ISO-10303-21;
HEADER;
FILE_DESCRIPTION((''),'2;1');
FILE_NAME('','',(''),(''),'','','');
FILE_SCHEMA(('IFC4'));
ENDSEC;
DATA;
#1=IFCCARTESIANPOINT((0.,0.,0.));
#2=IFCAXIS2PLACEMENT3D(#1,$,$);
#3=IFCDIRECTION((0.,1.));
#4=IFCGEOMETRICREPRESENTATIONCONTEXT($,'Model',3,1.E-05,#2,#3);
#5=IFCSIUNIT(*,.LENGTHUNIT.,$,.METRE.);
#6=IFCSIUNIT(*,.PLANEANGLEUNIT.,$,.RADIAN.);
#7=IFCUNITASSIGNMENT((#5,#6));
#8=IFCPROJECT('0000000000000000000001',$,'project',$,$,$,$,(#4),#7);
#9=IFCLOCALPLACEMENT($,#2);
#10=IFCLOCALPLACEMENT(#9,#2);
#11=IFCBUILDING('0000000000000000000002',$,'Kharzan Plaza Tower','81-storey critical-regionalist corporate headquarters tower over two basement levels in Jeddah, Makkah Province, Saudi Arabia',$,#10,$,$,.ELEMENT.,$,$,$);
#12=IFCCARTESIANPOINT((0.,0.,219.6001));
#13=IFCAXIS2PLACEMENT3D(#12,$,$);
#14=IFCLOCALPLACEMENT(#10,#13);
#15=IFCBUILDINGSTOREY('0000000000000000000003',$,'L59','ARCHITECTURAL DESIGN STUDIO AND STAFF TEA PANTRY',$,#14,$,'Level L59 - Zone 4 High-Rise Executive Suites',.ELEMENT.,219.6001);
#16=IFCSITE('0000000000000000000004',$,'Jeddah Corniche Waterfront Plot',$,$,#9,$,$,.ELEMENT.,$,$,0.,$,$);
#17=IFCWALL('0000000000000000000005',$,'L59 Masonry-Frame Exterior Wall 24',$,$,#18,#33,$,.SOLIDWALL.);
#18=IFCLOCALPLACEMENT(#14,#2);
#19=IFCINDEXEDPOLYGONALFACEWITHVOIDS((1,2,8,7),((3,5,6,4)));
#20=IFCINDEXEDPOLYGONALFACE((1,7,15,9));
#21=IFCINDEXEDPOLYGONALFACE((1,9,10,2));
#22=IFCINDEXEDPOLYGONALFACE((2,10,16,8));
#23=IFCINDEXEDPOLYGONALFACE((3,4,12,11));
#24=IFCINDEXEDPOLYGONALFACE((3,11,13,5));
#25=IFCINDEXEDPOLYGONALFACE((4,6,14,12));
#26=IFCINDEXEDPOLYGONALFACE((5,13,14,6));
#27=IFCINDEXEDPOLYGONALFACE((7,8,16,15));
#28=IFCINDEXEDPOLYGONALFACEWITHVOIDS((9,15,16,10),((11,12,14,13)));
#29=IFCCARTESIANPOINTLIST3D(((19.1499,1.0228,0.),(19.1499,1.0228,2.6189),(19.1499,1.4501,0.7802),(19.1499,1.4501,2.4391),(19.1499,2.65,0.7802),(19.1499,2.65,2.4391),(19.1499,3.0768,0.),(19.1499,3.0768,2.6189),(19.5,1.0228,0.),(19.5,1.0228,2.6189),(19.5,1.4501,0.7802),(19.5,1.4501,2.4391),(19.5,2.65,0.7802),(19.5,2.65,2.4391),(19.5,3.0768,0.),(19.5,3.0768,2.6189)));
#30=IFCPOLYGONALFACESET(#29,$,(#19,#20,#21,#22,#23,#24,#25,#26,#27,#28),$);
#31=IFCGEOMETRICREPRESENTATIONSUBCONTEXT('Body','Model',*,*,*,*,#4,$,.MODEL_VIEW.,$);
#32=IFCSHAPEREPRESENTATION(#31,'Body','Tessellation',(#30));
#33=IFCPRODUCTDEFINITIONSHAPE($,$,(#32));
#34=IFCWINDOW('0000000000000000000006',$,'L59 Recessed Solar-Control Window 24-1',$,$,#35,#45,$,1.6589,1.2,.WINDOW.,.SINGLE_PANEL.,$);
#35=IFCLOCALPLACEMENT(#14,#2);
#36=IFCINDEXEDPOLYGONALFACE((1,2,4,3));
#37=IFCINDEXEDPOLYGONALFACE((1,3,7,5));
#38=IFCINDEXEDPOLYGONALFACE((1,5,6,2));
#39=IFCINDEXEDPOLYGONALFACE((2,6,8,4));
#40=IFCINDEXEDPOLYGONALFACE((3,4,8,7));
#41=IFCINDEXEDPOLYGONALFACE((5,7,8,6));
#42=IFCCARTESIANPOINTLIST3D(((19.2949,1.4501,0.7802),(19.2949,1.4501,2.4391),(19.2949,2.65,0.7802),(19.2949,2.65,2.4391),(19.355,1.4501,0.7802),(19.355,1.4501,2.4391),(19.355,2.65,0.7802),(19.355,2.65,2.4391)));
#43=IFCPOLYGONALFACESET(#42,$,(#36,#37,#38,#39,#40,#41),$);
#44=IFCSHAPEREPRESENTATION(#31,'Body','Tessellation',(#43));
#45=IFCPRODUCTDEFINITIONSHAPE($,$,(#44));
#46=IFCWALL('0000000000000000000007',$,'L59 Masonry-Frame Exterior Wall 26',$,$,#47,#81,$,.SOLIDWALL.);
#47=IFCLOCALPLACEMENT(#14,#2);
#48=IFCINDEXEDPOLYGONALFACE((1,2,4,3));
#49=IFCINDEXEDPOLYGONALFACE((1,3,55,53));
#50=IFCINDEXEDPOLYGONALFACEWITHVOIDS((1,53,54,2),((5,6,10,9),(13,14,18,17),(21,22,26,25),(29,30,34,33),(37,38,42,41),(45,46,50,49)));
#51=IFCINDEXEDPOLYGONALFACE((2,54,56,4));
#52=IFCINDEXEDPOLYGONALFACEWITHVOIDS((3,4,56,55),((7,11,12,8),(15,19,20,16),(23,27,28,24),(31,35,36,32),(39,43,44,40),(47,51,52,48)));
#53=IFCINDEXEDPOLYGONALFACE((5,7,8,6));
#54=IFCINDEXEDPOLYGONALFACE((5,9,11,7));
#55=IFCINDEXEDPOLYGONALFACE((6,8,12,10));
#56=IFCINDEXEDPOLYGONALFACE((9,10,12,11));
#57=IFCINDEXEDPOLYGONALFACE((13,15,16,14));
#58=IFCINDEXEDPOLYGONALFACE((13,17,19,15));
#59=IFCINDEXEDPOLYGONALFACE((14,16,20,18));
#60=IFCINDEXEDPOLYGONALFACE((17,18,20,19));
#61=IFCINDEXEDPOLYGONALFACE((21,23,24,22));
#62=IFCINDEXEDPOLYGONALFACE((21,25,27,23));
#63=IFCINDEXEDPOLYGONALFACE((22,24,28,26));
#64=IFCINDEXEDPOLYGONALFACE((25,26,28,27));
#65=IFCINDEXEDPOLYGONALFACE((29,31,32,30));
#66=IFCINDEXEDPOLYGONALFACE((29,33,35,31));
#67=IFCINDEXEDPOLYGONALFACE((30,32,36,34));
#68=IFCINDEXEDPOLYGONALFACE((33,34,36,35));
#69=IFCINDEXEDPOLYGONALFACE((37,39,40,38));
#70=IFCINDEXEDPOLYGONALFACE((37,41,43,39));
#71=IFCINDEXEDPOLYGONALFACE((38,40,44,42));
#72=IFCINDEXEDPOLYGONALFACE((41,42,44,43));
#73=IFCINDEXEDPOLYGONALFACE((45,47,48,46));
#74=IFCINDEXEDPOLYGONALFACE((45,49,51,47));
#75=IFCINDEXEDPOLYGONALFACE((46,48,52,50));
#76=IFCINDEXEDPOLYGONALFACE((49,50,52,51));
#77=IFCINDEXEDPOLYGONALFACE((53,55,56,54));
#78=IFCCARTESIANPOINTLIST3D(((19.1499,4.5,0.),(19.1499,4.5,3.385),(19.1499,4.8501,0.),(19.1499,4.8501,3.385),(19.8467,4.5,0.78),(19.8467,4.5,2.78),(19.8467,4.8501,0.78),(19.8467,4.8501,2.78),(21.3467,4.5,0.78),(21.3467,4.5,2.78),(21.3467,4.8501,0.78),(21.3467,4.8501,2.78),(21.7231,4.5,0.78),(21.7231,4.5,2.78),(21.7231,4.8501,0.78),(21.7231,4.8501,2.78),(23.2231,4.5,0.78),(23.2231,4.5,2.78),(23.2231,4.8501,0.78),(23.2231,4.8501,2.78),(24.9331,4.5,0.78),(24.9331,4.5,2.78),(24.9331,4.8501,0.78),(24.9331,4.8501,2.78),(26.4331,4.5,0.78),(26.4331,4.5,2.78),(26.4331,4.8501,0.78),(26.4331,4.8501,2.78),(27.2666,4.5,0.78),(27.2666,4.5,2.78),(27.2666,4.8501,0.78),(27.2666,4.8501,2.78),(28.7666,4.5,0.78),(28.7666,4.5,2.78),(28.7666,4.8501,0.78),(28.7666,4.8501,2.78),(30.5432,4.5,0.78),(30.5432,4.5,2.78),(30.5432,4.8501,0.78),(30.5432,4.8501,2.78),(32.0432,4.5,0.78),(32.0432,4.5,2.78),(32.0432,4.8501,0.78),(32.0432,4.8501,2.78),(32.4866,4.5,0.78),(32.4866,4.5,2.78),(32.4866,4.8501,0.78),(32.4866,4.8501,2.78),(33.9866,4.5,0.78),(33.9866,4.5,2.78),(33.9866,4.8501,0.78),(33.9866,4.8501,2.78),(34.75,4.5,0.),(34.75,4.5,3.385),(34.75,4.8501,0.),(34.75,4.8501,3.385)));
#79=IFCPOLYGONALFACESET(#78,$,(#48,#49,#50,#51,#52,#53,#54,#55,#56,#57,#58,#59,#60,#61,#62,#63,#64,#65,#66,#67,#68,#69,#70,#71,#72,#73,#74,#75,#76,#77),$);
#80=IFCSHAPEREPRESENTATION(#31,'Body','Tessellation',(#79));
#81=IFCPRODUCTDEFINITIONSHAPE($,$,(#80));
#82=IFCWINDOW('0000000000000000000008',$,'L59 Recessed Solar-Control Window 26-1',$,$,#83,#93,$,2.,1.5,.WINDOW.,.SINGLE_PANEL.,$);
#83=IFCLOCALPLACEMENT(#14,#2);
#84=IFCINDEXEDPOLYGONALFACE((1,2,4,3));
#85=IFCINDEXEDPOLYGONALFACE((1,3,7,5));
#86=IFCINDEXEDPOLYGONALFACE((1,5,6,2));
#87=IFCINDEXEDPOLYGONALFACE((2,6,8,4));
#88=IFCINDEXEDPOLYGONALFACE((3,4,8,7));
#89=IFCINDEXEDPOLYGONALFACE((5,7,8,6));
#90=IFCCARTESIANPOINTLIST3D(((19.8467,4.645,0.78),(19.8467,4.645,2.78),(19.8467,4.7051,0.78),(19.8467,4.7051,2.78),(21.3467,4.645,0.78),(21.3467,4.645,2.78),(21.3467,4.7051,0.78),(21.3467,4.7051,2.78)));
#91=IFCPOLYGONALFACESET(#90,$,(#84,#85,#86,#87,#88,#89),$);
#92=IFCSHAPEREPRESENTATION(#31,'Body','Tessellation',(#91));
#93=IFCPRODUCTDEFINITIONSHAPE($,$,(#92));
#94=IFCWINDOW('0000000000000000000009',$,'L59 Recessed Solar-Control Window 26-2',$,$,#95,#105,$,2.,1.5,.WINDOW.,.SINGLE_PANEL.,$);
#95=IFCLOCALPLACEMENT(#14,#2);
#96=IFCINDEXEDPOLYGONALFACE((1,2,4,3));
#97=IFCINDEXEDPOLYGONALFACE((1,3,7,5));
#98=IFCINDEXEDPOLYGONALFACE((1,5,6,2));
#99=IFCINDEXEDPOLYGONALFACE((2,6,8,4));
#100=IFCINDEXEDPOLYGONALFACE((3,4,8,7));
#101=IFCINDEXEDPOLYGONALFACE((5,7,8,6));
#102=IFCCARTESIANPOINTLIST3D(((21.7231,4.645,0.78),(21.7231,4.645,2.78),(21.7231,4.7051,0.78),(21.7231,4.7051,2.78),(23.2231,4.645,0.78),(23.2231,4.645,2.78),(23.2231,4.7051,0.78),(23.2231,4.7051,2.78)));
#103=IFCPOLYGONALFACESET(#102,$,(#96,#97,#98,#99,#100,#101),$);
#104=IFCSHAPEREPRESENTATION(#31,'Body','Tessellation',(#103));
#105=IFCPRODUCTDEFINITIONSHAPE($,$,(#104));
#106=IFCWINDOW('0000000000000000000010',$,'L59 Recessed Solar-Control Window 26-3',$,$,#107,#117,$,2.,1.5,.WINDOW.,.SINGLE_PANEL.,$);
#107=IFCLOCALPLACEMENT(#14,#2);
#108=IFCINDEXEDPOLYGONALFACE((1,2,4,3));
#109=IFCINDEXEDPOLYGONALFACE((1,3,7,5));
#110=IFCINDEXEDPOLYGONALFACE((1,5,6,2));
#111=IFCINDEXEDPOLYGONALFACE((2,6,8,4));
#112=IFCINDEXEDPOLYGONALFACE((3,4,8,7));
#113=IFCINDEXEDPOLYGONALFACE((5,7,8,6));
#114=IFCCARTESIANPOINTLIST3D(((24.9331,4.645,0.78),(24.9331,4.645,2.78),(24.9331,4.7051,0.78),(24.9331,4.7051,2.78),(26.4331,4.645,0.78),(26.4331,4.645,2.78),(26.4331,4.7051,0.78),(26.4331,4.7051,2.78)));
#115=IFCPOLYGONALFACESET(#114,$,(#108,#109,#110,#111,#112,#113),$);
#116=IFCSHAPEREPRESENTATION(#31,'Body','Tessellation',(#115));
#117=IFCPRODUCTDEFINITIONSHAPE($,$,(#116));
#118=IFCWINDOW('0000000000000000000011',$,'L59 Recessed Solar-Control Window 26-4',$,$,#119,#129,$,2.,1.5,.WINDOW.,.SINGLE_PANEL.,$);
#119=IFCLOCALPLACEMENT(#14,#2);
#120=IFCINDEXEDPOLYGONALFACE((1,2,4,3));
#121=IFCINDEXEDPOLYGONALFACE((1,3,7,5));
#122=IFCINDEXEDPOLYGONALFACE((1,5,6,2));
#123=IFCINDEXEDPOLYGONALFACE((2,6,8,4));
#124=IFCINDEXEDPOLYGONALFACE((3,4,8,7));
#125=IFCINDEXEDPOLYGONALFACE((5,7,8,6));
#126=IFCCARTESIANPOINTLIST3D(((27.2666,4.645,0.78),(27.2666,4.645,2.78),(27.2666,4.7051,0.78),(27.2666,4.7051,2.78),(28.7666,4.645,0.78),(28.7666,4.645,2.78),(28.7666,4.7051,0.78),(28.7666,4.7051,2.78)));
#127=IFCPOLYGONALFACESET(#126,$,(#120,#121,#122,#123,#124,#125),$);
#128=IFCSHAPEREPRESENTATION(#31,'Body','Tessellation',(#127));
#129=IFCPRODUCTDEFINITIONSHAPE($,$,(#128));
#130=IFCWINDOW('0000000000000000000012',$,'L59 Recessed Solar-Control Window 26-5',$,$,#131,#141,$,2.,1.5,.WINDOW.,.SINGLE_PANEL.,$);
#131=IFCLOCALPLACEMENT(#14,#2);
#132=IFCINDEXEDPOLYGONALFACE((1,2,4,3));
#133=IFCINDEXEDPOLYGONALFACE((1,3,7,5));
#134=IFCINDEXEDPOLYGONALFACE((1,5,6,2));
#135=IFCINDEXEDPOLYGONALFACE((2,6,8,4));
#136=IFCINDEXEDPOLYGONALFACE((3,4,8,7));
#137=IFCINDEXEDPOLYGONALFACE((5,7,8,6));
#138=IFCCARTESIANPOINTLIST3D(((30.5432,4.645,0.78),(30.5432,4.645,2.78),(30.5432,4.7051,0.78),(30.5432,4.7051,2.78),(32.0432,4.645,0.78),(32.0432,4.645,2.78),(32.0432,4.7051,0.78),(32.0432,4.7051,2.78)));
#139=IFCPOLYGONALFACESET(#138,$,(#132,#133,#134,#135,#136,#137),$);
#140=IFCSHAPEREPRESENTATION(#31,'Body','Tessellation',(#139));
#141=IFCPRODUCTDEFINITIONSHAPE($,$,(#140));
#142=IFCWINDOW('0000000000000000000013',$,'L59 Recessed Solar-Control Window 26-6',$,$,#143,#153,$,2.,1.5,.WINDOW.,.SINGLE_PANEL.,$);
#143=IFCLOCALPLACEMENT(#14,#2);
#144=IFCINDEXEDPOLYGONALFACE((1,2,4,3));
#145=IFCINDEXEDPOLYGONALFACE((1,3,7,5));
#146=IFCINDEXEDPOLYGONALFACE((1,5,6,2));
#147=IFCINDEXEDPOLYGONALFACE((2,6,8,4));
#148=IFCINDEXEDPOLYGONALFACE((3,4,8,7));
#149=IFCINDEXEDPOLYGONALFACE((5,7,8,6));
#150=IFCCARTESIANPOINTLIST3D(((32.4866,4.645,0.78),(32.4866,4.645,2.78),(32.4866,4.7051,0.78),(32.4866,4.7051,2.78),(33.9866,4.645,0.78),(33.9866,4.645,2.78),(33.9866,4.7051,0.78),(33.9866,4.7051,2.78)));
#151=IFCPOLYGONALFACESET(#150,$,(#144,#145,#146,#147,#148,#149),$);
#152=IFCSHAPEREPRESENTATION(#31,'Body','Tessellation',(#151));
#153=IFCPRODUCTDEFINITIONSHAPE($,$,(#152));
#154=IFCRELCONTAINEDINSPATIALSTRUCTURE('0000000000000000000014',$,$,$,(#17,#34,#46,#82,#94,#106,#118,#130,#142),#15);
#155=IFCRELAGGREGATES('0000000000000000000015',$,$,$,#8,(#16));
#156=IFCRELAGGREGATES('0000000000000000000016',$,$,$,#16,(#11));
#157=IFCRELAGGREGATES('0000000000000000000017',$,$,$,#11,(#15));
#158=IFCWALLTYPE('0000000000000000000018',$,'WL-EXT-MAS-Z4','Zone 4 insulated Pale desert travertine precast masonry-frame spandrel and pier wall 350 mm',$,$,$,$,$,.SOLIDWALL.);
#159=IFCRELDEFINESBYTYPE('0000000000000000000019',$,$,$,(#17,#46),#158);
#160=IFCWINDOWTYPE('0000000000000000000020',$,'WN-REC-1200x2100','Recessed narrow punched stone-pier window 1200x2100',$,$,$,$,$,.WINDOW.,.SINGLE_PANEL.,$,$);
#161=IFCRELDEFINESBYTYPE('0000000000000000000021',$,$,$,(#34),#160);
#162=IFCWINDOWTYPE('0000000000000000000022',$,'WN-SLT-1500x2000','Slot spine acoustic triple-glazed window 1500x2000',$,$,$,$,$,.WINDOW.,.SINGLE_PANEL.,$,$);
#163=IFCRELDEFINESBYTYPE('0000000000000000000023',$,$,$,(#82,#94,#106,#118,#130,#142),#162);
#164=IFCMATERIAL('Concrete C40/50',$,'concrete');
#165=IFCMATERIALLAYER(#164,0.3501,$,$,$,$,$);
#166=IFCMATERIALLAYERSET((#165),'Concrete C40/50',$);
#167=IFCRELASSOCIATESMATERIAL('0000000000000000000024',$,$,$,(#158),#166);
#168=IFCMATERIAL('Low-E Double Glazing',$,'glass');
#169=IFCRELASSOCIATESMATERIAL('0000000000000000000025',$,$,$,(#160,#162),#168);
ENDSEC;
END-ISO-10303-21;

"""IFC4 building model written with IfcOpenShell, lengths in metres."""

from ifc_helpers import new_model, si_unit, direction, frame, frame_2d, origin, place, context, subcontext, project, spatial, rectangle, extrude, source, transform, mapped, material, layer, layer_set, type_object, element, fill, save


model = new_model("IFC4")

# Units and contexts
model_context = context("Model", 3, precision=1e-05, world=origin(), true_north=direction((0.0, 1.0)))
body_context = subcontext(model_context, "Body", "Model", "MODEL_VIEW")
ifc_project = project(units=[si_unit("LENGTHUNIT", "METRE"), si_unit("PLANEANGLEUNIT", "RADIAN")], contexts=[model_context])

# Site, building, storey
site_placement = place(None, origin())
site = spatial("IfcSite", under=ifc_project, at=site_placement, Name="Jeddah Corniche Waterfront Plot", CompositionType="ELEMENT", RefElevation=0.0)
building_placement = place(site_placement, origin())
building = spatial("IfcBuilding", under=site, at=building_placement, Name="Kharzan Plaza Tower", Description="81-storey critical-regionalist corporate headquarters tower over two basement levels in Jeddah, Makkah Province, Saudi Arabia", CompositionType="ELEMENT")
storey_placement = place(building_placement, frame((0.0, 0.0, 219.6001)))
storey = spatial("IfcBuildingStorey", under=building, at=storey_placement, Name="L59", Description="ARCHITECTURAL DESIGN STUDIO AND STAFF TEA PANTRY", LongName="Level L59 - Zone 4 High-Rise Executive Suites", CompositionType="ELEMENT", Elevation=219.6001)

# Wall, opening, window
ifc_material_1 = material(Name="Concrete C40/50", Category="concrete")
ifc_layer_1 = layer(ifc_material_1, 0.3501)
ifc_layer_set_1 = layer_set([ifc_layer_1], Name="Concrete C40/50")
wall_type_1 = type_object("IfcWallType", Name="WL-EXT-MAS-Z4", Description="Zone 4 insulated Pale desert travertine precast masonry-frame spandrel and pier wall 350 mm", PredefinedType="SOLIDWALL", material=ifc_layer_set_1)
wall_1_placement = place(storey_placement, frame((19.325, 1.0229, 0.0), z_axis=(0.0, 0.0, 1.0), x_axis=(0.0, 1.0, 0.0)))
wall_1 = element("IfcWall", 1, at=wall_1_placement, inside=storey, type_object=wall_type_1, Name="L59 Masonry-Frame Exterior Wall 24", PredefinedType="SOLIDWALL", context=body_context, shape_type="SweptSolid", body=[
    extrude(rectangle(XDim=2.054, YDim=0.3501, at=frame_2d((1.0269, 0.0))), origin(), (0.0, 0.0, 1.0), 2.6189),
])
opening_1_placement = place(wall_1_placement, frame((0.427, 0.0, 0.78)))
opening_1 = element("IfcOpeningElement", 2, at=opening_1_placement, cuts=wall_1, PredefinedType="OPENING", context=body_context, shape_type="SweptSolid", body=[
    extrude(rectangle(XDim=1.2, YDim=1.6589, at=frame_2d((0.6001, 0.8296))), frame((0.0, 0.1851, 0.0), z_axis=(0.0, -1.0, 0.0), x_axis=(1.0, 0.0, 0.0)), (0.0, 0.0, 1.0), 0.3701),
])
ifc_material_2 = material(Name="Low-E Double Glazing", Category="glass")
window_type_1 = type_object("IfcWindowType", Name="WN-REC-1200x2100", Description="Recessed narrow punched stone-pier window 1200x2100", PartitioningType="SINGLE_PANEL", PredefinedType="WINDOW", material=ifc_material_2)
shared_shape_1 = source(origin(), body_context, "Body", "SweptSolid", [
    extrude(rectangle(XDim=1.2, YDim=1.6589, at=frame_2d((0.6001, 0.8296))), frame((0.0, 0.03, 0.0), z_axis=(0.0, -1.0, 0.0), x_axis=(1.0, 0.0, 0.0)), (0.0, 0.0, 1.0), 0.0601),
])
window_1_placement = place(opening_1_placement, origin())
window_1 = element("IfcWindow", 3, at=window_1_placement, inside=storey, type_object=window_type_1, Name="L59 Recessed Solar-Control Window 24-1", OverallHeight=1.6589, OverallWidth=1.2, PartitioningType="SINGLE_PANEL", PredefinedType="WINDOW", context=body_context, shape_type="MappedRepresentation", body=[
    mapped(shared_shape_1, transform((0.0, 0.0, 0.0), x_axis=(1.0, 0.0, 0.0), y_axis=(0.0, 1.0, 0.0), z_axis=(0.0, 0.0, 1.0))),
])
fill(opening_1, window_1)

# Wall, openings, windows
wall_2_placement = place(storey_placement, frame((19.1499, 4.675, 0.0), z_axis=(0.0, 0.0, 1.0), x_axis=(1.0, 0.0, 0.0)))
wall_2 = element("IfcWall", 4, at=wall_2_placement, inside=storey, type_object=wall_type_1, Name="L59 Masonry-Frame Exterior Wall 26", PredefinedType="SOLIDWALL", context=body_context, shape_type="SweptSolid", body=[
    extrude(rectangle(XDim=15.6001, YDim=0.3501, at=frame_2d((7.8, 0.0))), origin(), (0.0, 0.0, 1.0), 3.385),
])
opening_2_placement = place(wall_2_placement, frame((0.6968, 0.0, 0.78)))
opening_2 = element("IfcOpeningElement", 5, at=opening_2_placement, cuts=wall_2, PredefinedType="OPENING", context=body_context, shape_type="SweptSolid", body=[
    extrude(rectangle(XDim=1.5, YDim=2.0, at=frame_2d((0.75, 1.0))), frame((0.0, 0.1851, 0.0), z_axis=(0.0, -1.0, 0.0), x_axis=(1.0, 0.0, 0.0)), (0.0, 0.0, 1.0), 0.3701),
])
opening_3_placement = place(wall_2_placement, frame((2.5732, 0.0, 0.78)))
opening_3 = element("IfcOpeningElement", 6, at=opening_3_placement, cuts=wall_2, PredefinedType="OPENING", context=body_context, shape_type="SweptSolid", body=[
    extrude(rectangle(XDim=1.5, YDim=2.0, at=frame_2d((0.75, 1.0))), frame((0.0, 0.1851, 0.0), z_axis=(0.0, -1.0, 0.0), x_axis=(1.0, 0.0, 0.0)), (0.0, 0.0, 1.0), 0.3701),
])
opening_4_placement = place(wall_2_placement, frame((5.7832, 0.0, 0.78)))
opening_4 = element("IfcOpeningElement", 7, at=opening_4_placement, cuts=wall_2, PredefinedType="OPENING", context=body_context, shape_type="SweptSolid", body=[
    extrude(rectangle(XDim=1.5, YDim=2.0, at=frame_2d((0.75, 1.0))), frame((0.0, 0.1851, 0.0), z_axis=(0.0, -1.0, 0.0), x_axis=(1.0, 0.0, 0.0)), (0.0, 0.0, 1.0), 0.3701),
])
opening_5_placement = place(wall_2_placement, frame((8.1167, 0.0, 0.78)))
opening_5 = element("IfcOpeningElement", 8, at=opening_5_placement, cuts=wall_2, PredefinedType="OPENING", context=body_context, shape_type="SweptSolid", body=[
    extrude(rectangle(XDim=1.5, YDim=2.0, at=frame_2d((0.75, 1.0))), frame((0.0, 0.1851, 0.0), z_axis=(0.0, -1.0, 0.0), x_axis=(1.0, 0.0, 0.0)), (0.0, 0.0, 1.0), 0.3701),
])
opening_6_placement = place(wall_2_placement, frame((11.3933, 0.0, 0.78)))
opening_6 = element("IfcOpeningElement", 9, at=opening_6_placement, cuts=wall_2, PredefinedType="OPENING", context=body_context, shape_type="SweptSolid", body=[
    extrude(rectangle(XDim=1.5, YDim=2.0, at=frame_2d((0.75, 1.0))), frame((0.0, 0.1851, 0.0), z_axis=(0.0, -1.0, 0.0), x_axis=(1.0, 0.0, 0.0)), (0.0, 0.0, 1.0), 0.3701),
])
opening_7_placement = place(wall_2_placement, frame((13.3367, 0.0, 0.78)))
opening_7 = element("IfcOpeningElement", 10, at=opening_7_placement, cuts=wall_2, PredefinedType="OPENING", context=body_context, shape_type="SweptSolid", body=[
    extrude(rectangle(XDim=1.5, YDim=2.0, at=frame_2d((0.75, 1.0))), frame((0.0, 0.1851, 0.0), z_axis=(0.0, -1.0, 0.0), x_axis=(1.0, 0.0, 0.0)), (0.0, 0.0, 1.0), 0.3701),
])
window_type_2 = type_object("IfcWindowType", Name="WN-SLT-1500x2000", Description="Slot spine acoustic triple-glazed window 1500x2000", PartitioningType="SINGLE_PANEL", PredefinedType="WINDOW", material=ifc_material_2)
shared_shape_2 = source(origin(), body_context, "Body", "SweptSolid", [
    extrude(rectangle(XDim=1.5, YDim=2.0, at=frame_2d((0.75, 1.0))), frame((0.0, 0.03, 0.0), z_axis=(0.0, -1.0, 0.0), x_axis=(1.0, 0.0, 0.0)), (0.0, 0.0, 1.0), 0.0601),
])
window_2_placement = place(opening_2_placement, origin())
window_2 = element("IfcWindow", 11, at=window_2_placement, inside=storey, type_object=window_type_2, Name="L59 Recessed Solar-Control Window 26-1", OverallHeight=2.0, OverallWidth=1.5, PartitioningType="SINGLE_PANEL", PredefinedType="WINDOW", context=body_context, shape_type="MappedRepresentation", body=[
    mapped(shared_shape_2, transform((0.0, 0.0, 0.0), x_axis=(1.0, 0.0, 0.0), y_axis=(0.0, 1.0, 0.0), z_axis=(0.0, 0.0, 1.0))),
])
fill(opening_2, window_2)
window_3_placement = place(opening_3_placement, origin())
window_3 = element("IfcWindow", 12, at=window_3_placement, inside=storey, type_object=window_type_2, Name="L59 Recessed Solar-Control Window 26-2", OverallHeight=2.0, OverallWidth=1.5, PartitioningType="SINGLE_PANEL", PredefinedType="WINDOW", context=body_context, shape_type="MappedRepresentation", body=[
    mapped(shared_shape_2, transform((0.0, 0.0, 0.0), x_axis=(1.0, 0.0, 0.0), y_axis=(0.0, 1.0, 0.0), z_axis=(0.0, 0.0, 1.0))),
])
fill(opening_3, window_3)
window_4_placement = place(opening_4_placement, origin())
window_4 = element("IfcWindow", 13, at=window_4_placement, inside=storey, type_object=window_type_2, Name="L59 Recessed Solar-Control Window 26-3", OverallHeight=2.0, OverallWidth=1.5, PartitioningType="SINGLE_PANEL", PredefinedType="WINDOW", context=body_context, shape_type="MappedRepresentation", body=[
    mapped(shared_shape_2, transform((0.0, 0.0, 0.0), x_axis=(1.0, 0.0, 0.0), y_axis=(0.0, 1.0, 0.0), z_axis=(0.0, 0.0, 1.0))),
])
fill(opening_4, window_4)
window_5_placement = place(opening_5_placement, origin())
window_5 = element("IfcWindow", 14, at=window_5_placement, inside=storey, type_object=window_type_2, Name="L59 Recessed Solar-Control Window 26-4", OverallHeight=2.0, OverallWidth=1.5, PartitioningType="SINGLE_PANEL", PredefinedType="WINDOW", context=body_context, shape_type="MappedRepresentation", body=[
    mapped(shared_shape_2, transform((0.0, 0.0, 0.0), x_axis=(1.0, 0.0, 0.0), y_axis=(0.0, 1.0, 0.0), z_axis=(0.0, 0.0, 1.0))),
])
fill(opening_5, window_5)
window_6_placement = place(opening_6_placement, origin())
window_6 = element("IfcWindow", 15, at=window_6_placement, inside=storey, type_object=window_type_2, Name="L59 Recessed Solar-Control Window 26-5", OverallHeight=2.0, OverallWidth=1.5, PartitioningType="SINGLE_PANEL", PredefinedType="WINDOW", context=body_context, shape_type="MappedRepresentation", body=[
    mapped(shared_shape_2, transform((0.0, 0.0, 0.0), x_axis=(1.0, 0.0, 0.0), y_axis=(0.0, 1.0, 0.0), z_axis=(0.0, 0.0, 1.0))),
])
fill(opening_6, window_6)
window_7_placement = place(opening_7_placement, origin())
window_7 = element("IfcWindow", 16, at=window_7_placement, inside=storey, type_object=window_type_2, Name="L59 Recessed Solar-Control Window 26-6", OverallHeight=2.0, OverallWidth=1.5, PartitioningType="SINGLE_PANEL", PredefinedType="WINDOW", context=body_context, shape_type="MappedRepresentation", body=[
    mapped(shared_shape_2, transform((0.0, 0.0, 0.0), x_axis=(1.0, 0.0, 0.0), y_axis=(0.0, 1.0, 0.0), z_axis=(0.0, 0.0, 1.0))),
])
fill(opening_7, window_7)

save(model, "model.ifc")
